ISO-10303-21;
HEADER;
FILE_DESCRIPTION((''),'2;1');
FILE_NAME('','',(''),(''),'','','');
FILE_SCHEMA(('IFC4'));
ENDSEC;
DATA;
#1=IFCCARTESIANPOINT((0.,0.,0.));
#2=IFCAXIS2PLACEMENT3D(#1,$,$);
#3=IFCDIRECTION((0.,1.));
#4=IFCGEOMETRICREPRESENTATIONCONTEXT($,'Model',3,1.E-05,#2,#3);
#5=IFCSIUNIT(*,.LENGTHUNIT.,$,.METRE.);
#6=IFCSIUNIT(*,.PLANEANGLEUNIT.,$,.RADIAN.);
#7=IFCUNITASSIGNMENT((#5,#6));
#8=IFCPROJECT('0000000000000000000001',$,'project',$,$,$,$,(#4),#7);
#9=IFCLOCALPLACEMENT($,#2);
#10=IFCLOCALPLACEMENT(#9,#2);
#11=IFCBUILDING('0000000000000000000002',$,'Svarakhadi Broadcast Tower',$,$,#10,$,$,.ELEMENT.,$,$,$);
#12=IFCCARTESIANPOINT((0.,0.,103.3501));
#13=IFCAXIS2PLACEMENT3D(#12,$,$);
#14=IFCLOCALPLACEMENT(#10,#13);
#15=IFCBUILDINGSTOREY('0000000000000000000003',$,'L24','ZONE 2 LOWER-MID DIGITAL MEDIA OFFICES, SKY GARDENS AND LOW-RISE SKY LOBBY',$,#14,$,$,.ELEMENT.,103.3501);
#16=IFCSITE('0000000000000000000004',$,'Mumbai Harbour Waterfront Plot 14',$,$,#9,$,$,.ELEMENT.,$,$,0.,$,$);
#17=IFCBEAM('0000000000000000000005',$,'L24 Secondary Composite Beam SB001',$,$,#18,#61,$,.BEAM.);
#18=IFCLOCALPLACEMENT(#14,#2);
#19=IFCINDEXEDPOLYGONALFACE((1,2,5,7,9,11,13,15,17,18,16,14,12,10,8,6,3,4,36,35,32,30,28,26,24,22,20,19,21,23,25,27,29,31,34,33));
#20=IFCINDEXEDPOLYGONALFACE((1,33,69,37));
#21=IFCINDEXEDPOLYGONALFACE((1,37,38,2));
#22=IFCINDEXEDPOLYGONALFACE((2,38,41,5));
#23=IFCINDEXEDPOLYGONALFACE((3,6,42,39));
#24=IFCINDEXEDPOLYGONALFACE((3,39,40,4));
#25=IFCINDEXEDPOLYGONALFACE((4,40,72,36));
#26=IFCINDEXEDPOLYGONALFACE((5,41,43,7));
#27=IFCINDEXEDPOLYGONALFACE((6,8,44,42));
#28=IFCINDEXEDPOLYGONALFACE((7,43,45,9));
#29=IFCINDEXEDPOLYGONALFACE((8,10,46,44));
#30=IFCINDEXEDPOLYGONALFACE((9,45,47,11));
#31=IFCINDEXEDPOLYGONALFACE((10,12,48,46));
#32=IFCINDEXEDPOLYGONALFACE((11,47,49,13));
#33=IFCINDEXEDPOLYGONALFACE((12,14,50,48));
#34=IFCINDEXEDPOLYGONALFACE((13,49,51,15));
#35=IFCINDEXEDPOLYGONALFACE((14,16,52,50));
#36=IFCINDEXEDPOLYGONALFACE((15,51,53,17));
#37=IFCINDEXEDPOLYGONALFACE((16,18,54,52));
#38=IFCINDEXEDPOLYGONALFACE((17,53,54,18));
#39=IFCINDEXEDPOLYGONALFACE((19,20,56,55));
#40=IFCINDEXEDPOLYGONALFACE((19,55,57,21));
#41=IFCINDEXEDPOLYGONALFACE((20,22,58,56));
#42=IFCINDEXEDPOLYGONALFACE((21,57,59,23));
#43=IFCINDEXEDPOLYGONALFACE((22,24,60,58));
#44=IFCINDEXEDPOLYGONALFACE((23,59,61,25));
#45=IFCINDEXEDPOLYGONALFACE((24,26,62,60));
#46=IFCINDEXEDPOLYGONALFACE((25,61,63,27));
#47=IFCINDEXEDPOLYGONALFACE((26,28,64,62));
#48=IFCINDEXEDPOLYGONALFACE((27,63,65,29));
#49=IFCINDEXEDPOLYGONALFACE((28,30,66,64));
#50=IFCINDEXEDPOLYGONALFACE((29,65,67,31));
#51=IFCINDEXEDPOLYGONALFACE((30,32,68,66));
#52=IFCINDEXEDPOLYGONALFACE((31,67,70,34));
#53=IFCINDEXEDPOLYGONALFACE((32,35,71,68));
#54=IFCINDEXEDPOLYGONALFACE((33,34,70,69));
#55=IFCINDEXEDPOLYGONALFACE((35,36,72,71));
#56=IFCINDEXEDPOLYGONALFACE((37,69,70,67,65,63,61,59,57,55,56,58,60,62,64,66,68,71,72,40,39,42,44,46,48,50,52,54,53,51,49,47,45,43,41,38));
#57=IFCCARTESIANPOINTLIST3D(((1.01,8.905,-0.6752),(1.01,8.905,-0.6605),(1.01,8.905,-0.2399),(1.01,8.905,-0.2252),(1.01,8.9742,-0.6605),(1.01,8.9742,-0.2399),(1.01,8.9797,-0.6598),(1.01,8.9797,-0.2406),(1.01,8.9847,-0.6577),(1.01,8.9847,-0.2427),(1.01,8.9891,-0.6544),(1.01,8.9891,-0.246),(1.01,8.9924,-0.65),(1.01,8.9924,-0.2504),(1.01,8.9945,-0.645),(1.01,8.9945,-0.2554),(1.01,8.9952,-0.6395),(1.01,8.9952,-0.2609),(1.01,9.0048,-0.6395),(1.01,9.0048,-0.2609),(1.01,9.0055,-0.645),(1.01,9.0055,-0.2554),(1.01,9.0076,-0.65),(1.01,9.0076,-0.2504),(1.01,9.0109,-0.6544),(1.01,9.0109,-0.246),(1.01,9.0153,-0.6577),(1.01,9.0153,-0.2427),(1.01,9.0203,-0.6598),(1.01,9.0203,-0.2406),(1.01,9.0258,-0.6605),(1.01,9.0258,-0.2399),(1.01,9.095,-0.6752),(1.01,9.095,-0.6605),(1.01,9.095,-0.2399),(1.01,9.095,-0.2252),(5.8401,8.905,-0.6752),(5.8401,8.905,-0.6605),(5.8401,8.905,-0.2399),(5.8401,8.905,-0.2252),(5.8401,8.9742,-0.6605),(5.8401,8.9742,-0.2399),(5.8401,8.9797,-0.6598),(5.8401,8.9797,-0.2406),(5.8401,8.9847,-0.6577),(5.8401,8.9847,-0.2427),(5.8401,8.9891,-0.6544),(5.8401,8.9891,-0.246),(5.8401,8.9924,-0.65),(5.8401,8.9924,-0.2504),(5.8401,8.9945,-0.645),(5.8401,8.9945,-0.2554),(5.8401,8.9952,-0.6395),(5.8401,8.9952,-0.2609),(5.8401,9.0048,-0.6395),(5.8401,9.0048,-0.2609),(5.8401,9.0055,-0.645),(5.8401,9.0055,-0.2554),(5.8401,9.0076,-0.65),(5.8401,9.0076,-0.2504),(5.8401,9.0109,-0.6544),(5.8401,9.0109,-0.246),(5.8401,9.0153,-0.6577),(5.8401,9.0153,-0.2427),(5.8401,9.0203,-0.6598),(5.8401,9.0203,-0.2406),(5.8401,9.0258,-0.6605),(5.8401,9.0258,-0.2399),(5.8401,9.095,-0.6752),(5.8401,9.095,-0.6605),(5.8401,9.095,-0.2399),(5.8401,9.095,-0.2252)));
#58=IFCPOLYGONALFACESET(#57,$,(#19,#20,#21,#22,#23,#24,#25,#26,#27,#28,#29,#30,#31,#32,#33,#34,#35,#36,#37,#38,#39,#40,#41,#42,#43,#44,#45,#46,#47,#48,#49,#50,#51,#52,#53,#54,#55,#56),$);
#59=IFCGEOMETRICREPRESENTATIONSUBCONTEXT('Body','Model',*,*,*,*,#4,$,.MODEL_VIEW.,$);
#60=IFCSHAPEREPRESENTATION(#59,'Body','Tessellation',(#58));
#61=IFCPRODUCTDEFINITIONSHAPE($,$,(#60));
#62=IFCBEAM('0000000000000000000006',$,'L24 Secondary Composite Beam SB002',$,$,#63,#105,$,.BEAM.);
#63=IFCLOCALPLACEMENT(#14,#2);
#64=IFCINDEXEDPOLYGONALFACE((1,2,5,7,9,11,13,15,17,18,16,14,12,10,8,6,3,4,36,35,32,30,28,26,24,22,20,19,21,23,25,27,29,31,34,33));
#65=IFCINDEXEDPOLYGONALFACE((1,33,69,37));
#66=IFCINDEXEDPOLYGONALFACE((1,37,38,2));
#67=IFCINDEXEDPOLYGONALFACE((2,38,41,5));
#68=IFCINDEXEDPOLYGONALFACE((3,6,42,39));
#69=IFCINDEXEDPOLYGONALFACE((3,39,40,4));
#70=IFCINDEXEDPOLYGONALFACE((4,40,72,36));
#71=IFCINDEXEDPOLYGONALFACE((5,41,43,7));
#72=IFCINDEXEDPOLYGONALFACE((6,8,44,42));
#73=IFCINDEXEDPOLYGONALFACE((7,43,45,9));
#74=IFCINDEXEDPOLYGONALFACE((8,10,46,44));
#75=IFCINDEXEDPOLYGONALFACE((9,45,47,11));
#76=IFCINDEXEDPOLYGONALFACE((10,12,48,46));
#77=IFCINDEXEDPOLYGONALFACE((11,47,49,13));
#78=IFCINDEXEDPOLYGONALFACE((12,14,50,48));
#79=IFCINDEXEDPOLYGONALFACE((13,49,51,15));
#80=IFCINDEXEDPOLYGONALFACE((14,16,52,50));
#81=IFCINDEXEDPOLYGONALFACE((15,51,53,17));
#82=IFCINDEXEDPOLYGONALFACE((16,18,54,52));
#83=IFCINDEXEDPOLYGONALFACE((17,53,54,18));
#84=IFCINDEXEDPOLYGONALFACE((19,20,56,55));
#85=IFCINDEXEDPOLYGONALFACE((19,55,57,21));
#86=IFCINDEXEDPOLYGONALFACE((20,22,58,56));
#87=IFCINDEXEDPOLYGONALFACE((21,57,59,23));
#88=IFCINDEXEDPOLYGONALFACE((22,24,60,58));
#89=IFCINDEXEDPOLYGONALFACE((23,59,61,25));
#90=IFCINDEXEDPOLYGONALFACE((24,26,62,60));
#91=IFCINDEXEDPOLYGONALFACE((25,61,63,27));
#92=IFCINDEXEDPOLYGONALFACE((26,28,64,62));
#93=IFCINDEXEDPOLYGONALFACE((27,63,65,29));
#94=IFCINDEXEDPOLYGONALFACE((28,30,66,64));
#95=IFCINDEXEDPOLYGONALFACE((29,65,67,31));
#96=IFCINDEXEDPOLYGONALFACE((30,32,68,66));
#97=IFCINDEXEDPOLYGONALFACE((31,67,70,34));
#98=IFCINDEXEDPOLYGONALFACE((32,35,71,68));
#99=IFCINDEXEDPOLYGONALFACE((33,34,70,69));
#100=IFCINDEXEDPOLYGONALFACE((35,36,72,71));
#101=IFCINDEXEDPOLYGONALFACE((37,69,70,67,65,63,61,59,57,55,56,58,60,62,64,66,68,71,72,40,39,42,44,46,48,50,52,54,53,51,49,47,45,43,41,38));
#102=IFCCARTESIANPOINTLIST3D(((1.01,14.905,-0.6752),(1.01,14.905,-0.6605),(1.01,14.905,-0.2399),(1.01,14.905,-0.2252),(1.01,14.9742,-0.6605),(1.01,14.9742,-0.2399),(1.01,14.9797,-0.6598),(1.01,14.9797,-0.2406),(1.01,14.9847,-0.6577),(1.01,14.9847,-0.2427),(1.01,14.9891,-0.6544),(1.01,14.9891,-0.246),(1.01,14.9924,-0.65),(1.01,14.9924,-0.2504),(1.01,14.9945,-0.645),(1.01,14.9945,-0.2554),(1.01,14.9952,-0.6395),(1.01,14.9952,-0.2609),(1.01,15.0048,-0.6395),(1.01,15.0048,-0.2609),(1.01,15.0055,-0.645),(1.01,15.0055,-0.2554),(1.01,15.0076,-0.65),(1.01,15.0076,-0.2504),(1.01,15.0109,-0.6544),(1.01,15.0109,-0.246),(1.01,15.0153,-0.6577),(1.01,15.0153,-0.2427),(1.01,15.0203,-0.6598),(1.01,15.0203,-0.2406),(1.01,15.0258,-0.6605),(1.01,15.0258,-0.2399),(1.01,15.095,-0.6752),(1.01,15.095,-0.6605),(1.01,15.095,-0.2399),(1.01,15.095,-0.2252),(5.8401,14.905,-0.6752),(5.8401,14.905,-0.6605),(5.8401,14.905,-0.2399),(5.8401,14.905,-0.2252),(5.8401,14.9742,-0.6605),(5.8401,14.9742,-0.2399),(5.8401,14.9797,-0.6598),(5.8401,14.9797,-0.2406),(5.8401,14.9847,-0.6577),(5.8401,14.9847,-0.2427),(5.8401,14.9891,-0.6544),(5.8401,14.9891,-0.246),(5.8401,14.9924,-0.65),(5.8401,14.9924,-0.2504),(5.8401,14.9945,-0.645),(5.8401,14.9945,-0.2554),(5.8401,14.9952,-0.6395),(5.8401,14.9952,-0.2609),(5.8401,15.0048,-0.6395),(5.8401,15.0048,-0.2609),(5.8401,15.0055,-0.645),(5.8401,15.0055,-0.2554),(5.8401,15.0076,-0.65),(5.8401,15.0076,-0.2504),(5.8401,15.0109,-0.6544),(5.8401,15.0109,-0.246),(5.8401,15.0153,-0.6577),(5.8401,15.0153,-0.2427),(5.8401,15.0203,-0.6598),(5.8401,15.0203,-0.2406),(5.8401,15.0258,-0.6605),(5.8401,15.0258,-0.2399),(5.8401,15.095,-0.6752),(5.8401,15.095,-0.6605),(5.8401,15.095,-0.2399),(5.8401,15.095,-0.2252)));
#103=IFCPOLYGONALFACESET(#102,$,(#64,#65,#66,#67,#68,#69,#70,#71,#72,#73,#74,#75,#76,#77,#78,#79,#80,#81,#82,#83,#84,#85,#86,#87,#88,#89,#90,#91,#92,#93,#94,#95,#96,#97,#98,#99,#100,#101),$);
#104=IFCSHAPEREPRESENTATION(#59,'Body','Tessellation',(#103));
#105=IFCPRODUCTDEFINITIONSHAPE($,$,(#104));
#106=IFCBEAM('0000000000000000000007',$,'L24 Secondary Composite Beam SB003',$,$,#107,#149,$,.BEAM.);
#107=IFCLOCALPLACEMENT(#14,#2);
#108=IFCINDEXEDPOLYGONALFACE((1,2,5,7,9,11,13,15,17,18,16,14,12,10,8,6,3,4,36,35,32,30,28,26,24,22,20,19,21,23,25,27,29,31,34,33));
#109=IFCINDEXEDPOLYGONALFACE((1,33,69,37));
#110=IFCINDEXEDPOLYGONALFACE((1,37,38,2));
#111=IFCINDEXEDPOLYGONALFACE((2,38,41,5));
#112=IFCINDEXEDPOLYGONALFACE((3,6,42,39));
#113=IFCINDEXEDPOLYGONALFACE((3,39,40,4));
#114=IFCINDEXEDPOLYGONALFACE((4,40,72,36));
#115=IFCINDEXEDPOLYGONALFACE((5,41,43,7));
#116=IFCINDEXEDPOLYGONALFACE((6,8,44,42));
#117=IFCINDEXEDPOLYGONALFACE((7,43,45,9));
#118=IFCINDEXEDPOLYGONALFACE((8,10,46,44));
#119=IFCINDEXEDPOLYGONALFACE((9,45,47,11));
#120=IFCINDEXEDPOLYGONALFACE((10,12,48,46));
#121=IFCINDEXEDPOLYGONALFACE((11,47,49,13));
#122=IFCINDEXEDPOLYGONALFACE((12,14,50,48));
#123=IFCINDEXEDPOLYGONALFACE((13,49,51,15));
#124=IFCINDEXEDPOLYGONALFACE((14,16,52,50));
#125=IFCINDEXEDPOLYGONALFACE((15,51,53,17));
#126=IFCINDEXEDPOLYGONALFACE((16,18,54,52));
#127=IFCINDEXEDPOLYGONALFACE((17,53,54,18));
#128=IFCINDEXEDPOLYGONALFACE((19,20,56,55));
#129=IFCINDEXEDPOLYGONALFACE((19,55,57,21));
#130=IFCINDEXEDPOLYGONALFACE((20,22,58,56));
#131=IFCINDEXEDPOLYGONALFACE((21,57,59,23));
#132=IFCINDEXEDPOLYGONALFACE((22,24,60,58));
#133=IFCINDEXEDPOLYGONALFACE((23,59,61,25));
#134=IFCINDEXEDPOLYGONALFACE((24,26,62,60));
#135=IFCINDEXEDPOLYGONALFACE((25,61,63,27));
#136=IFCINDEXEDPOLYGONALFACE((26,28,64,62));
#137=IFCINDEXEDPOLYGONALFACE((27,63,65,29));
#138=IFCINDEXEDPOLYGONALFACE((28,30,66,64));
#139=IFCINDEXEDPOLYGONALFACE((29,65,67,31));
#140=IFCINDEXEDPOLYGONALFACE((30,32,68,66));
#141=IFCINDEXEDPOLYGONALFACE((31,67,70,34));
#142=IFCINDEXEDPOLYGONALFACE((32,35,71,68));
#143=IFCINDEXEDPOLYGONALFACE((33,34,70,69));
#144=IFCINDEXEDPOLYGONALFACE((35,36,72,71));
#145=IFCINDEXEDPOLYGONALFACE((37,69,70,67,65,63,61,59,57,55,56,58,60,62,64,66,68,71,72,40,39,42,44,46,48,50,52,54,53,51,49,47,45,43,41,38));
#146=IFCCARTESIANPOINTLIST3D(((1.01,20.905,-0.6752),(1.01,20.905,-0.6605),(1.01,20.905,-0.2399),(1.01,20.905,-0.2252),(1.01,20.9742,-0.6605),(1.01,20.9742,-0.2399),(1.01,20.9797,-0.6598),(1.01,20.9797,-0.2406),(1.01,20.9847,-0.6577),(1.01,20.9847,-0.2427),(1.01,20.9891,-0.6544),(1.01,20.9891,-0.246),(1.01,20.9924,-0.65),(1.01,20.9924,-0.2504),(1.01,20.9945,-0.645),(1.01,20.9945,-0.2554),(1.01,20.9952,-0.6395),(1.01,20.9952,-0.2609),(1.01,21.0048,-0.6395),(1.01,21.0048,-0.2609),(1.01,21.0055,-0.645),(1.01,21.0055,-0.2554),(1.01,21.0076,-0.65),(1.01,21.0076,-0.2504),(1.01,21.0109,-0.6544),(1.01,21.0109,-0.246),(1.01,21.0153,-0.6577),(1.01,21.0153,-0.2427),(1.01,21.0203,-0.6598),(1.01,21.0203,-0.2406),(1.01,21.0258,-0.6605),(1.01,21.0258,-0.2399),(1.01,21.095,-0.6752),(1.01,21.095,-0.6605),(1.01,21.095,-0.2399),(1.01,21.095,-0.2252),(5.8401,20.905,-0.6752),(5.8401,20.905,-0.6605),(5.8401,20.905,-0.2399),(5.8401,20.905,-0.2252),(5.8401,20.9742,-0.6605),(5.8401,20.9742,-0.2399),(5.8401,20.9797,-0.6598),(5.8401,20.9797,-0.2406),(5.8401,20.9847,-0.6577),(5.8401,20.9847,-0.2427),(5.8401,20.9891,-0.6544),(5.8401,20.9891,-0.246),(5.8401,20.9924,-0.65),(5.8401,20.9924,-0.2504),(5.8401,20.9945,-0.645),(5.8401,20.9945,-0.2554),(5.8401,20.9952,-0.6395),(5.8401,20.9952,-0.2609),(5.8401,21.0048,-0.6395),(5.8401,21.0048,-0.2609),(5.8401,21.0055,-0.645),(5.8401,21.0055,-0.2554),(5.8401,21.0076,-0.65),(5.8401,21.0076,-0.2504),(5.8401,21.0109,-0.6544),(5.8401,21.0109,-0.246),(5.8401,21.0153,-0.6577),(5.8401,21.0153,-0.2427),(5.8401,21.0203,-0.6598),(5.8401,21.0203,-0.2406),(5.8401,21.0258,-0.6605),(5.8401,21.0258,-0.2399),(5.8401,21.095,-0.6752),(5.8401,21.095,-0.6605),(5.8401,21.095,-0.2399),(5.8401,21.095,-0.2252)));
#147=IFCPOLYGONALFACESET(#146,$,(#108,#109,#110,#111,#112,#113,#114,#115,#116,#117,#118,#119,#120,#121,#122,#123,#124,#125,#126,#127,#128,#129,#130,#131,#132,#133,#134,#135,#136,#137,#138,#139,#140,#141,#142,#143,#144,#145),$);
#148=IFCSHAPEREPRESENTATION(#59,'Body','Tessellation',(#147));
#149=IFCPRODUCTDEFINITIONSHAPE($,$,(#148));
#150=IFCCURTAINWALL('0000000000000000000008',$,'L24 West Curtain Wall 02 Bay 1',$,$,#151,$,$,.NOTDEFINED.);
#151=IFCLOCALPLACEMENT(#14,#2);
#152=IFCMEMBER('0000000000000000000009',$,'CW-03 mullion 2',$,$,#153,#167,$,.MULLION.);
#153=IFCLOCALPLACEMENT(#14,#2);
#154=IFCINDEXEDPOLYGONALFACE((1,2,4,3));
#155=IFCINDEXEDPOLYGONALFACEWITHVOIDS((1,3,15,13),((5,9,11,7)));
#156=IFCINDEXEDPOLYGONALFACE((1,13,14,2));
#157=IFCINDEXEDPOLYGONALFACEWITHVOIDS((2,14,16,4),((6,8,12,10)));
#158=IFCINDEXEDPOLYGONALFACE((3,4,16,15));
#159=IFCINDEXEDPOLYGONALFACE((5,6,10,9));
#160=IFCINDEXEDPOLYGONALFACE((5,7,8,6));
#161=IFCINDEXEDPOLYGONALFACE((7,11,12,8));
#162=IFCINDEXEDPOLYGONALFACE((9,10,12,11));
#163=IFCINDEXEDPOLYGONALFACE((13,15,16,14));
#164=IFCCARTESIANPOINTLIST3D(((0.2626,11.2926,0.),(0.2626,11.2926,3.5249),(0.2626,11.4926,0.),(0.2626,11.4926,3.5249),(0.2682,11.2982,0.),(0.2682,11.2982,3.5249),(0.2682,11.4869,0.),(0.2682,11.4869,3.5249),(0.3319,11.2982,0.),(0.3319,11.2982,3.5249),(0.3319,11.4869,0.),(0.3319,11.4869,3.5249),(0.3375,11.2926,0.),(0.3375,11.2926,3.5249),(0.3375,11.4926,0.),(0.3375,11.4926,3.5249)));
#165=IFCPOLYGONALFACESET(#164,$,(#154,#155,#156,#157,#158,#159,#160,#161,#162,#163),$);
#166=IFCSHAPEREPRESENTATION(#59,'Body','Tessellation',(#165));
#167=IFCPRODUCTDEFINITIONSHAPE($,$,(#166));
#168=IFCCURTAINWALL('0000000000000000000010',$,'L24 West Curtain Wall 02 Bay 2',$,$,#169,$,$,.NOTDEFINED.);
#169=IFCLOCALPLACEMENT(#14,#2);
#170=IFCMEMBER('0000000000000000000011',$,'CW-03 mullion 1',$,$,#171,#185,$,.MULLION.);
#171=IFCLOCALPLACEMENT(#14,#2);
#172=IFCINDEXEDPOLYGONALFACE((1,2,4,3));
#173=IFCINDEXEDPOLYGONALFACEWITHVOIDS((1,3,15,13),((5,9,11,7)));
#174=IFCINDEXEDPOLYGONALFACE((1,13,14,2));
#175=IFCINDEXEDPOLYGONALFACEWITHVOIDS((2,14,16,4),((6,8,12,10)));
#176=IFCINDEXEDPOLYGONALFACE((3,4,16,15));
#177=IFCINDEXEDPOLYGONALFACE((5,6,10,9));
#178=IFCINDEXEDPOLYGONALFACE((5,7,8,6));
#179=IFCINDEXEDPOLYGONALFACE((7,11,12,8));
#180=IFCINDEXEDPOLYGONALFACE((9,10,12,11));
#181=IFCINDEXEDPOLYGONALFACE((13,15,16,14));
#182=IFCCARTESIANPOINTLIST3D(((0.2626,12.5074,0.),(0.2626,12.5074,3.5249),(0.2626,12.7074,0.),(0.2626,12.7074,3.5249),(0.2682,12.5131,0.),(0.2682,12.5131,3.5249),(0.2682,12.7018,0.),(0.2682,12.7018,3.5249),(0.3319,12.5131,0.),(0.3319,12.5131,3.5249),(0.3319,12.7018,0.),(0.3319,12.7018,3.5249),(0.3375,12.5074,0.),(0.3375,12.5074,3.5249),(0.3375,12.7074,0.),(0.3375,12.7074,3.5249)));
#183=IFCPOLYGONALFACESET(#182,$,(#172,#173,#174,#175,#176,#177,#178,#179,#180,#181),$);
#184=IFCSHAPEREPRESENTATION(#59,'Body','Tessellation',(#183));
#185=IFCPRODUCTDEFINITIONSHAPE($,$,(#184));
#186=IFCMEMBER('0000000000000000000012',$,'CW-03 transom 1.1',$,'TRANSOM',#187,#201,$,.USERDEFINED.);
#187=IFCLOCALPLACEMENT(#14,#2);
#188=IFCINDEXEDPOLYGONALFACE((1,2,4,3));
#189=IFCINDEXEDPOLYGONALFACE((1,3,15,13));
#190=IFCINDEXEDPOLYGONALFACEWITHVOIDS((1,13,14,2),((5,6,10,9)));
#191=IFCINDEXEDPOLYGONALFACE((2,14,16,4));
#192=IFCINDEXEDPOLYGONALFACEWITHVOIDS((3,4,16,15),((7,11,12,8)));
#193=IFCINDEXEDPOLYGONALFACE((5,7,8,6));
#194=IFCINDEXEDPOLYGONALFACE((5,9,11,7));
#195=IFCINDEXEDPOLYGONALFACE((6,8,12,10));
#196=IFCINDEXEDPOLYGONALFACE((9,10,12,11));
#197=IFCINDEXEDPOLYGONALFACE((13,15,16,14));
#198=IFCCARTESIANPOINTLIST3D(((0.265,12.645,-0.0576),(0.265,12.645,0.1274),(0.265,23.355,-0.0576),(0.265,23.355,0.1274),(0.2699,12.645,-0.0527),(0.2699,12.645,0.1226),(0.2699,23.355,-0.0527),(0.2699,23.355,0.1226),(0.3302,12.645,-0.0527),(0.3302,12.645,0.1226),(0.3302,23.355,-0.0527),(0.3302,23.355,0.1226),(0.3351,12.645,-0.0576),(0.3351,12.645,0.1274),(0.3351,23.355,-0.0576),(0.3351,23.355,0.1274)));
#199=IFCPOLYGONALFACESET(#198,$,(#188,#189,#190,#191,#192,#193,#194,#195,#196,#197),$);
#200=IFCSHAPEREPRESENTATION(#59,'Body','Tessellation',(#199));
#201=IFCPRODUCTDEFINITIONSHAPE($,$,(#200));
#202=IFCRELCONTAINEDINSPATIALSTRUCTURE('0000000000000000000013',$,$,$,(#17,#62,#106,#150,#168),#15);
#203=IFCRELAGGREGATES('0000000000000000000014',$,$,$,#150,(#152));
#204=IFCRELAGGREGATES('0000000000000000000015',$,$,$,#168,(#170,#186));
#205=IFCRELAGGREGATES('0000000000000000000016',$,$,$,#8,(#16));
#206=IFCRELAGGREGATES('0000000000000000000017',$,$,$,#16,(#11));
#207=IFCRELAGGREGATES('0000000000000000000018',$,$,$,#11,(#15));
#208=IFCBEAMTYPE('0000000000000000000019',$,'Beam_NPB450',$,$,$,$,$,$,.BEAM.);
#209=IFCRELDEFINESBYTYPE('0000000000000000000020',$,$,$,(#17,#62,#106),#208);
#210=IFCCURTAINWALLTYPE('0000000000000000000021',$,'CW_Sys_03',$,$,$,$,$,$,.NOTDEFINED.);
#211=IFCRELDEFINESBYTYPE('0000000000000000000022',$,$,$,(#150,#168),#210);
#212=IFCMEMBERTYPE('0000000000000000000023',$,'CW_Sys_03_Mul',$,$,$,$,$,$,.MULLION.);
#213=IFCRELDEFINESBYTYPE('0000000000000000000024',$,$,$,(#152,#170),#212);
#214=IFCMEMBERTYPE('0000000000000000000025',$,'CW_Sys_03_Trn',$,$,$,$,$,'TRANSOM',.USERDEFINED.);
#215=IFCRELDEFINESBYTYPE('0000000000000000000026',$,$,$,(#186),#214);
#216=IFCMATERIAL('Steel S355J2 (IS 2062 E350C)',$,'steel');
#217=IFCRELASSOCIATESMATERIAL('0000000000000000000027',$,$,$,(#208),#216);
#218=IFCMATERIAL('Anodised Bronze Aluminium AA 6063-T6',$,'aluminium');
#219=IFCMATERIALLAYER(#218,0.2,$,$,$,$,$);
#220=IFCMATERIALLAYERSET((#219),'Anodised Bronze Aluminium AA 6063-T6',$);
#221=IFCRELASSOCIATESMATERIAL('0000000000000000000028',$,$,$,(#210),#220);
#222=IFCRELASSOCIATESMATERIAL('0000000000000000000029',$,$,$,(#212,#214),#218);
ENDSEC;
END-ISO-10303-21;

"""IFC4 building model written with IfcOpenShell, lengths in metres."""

from ifc_helpers import new_model, si_unit, direction, frame, origin, origin_2d, place, context, subcontext, project, spatial, hollow_rectangle, i_section, extrude, material, layer, layer_set, material_profile, profile_set, type_object, element, aggregate, save


model = new_model("IFC4")

# Units and contexts
model_context = context("Model", 3, precision=1e-05, world=origin(), true_north=direction((0.0, 1.0)))
body_context = subcontext(model_context, "Body", "Model", "MODEL_VIEW")
ifc_project = project(units=[si_unit("LENGTHUNIT", "METRE"), si_unit("PLANEANGLEUNIT", "RADIAN")], contexts=[model_context])

# Site, building, storey
site_placement = place(None, origin())
site = spatial("IfcSite", under=ifc_project, at=site_placement, Name="Mumbai Harbour Waterfront Plot 14", CompositionType="ELEMENT", RefElevation=0.0)
building_placement = place(site_placement, origin())
building = spatial("IfcBuilding", under=site, at=building_placement, Name="Svarakhadi Broadcast Tower", CompositionType="ELEMENT")
storey_placement = place(building_placement, frame((0.0, 0.0, 103.3501)))
storey = spatial("IfcBuildingStorey", under=building, at=storey_placement, Name="L24", Description="ZONE 2 LOWER-MID DIGITAL MEDIA OFFICES, SKY GARDENS AND LOW-RISE SKY LOBBY", CompositionType="ELEMENT", Elevation=103.3501)

# Beams
ifc_material_1 = material(Name="Steel S355J2 (IS 2062 E350C)", Category="steel")
ifc_material_profile_1 = material_profile(ifc_material_1, i_section(OverallWidth=0.1899, OverallDepth=0.45, WebThickness=0.0095, FlangeThickness=0.0146, FilletRadius=0.021, at=origin_2d()), Name="NPB 450x190x78")
ifc_profile_set_1 = profile_set([ifc_material_profile_1], Name="Steel S355J2 (IS 2062 E350C)")
beam_type_1 = type_object("IfcBeamType", Name="Beam_NPB450", PredefinedType="BEAM", material=ifc_profile_set_1)
for number, where, z_axis, x_axis, name in (
    (1, (1.01, 9.0, -0.4502), (1.0, 0.0, 0.0), (0.0, 1.0, 0.0), "L24 Secondary Composite Beam SB001"),
    (2, (1.01, 15.0, -0.4502), (1.0, 0.0, 0.0), (0.0, 1.0, 0.0), "L24 Secondary Composite Beam SB002"),
    (3, (1.01, 21.0, -0.4502), (1.0, 0.0, 0.0), (0.0, 1.0, 0.0), "L24 Secondary Composite Beam SB003"),
):
    element("IfcBeam", number, at=place(storey_placement, frame(where, z_axis=z_axis, x_axis=x_axis)), inside=storey, type_object=beam_type_1, Name=name, PredefinedType="BEAM", context=body_context, shape_type="SweptSolid", body=[
        extrude(i_section(OverallWidth=0.1899, OverallDepth=0.45, WebThickness=0.0095, FlangeThickness=0.0146, FilletRadius=0.021, at=origin_2d()), origin(), (0.0, 0.0, 1.0), 4.8301),
    ])

# Curtain wall, member
ifc_material_2 = material(Name="Anodised Bronze Aluminium AA 6063-T6", Category="aluminium")
ifc_layer_1 = layer(ifc_material_2, 0.2)
ifc_layer_set_1 = layer_set([ifc_layer_1], Name="Anodised Bronze Aluminium AA 6063-T6")
curtain_wall_type = type_object("IfcCurtainWallType", Name="CW_Sys_03", PredefinedType="NOTDEFINED", material=ifc_layer_set_1)
curtain_wall_1_placement = place(storey_placement, origin())
curtain_wall_1 = element("IfcCurtainWall", 4, at=curtain_wall_1_placement, inside=storey, type_object=curtain_wall_type, Name="L24 West Curtain Wall 02 Bay 1", PredefinedType="NOTDEFINED")
ifc_material_profile_2 = material_profile(ifc_material_2, hollow_rectangle(XDim=0.075, YDim=0.2, WallThickness=0.0056, at=origin_2d()), Name="ALU MULLION 200x75x6")
ifc_profile_set_2 = profile_set([ifc_material_profile_2], Name="Anodised Bronze Aluminium AA 6063-T6")
member_type_1 = type_object("IfcMemberType", Name="CW_Sys_03_Mul", PredefinedType="MULLION", material=ifc_profile_set_2)
member_1_placement = place(storey_placement, frame((0.3, 11.3926, 0.0), z_axis=(0.0, 0.0, 1.0), x_axis=(-1.0, 0.0, 0.0)))
member_1 = element("IfcMember", 5, at=member_1_placement, type_object=member_type_1, Name="CW-03 mullion 2", PredefinedType="MULLION", context=body_context, shape_type="SweptSolid", body=[
    extrude(hollow_rectangle(XDim=0.075, YDim=0.2, WallThickness=0.0056, at=origin_2d()), origin(), (0.0, 0.0, 1.0), 3.5249),
])

# Curtain wall, members
curtain_wall_2_placement = place(storey_placement, origin())
curtain_wall_2 = element("IfcCurtainWall", 6, at=curtain_wall_2_placement, inside=storey, type_object=curtain_wall_type, Name="L24 West Curtain Wall 02 Bay 2", PredefinedType="NOTDEFINED")
member_2_placement = place(storey_placement, frame((0.3, 12.6074, 0.0), z_axis=(0.0, 0.0, 1.0), x_axis=(-1.0, 0.0, 0.0)))
member_2 = element("IfcMember", 7, at=member_2_placement, type_object=member_type_1, Name="CW-03 mullion 1", PredefinedType="MULLION", context=body_context, shape_type="SweptSolid", body=[
    extrude(hollow_rectangle(XDim=0.075, YDim=0.2, WallThickness=0.0056, at=origin_2d()), origin(), (0.0, 0.0, 1.0), 3.5249),
])
ifc_material_profile_3 = material_profile(ifc_material_2, hollow_rectangle(XDim=0.0701, YDim=0.1851, WallThickness=0.0049, at=origin_2d()), Name="ALU TRANSOM 185x70x5")
ifc_profile_set_3 = profile_set([ifc_material_profile_3], Name="Anodised Bronze Aluminium AA 6063-T6")
member_type_2 = type_object("IfcMemberType", Name="CW_Sys_03_Trn", ElementType="TRANSOM", PredefinedType="USERDEFINED", material=ifc_profile_set_3)
member_3_placement = place(storey_placement, frame((0.3, 12.645, 0.0349), z_axis=(0.0, 1.0, 0.0), x_axis=(-1.0, 0.0, 0.0)))
member_3 = element("IfcMember", 8, at=member_3_placement, type_object=member_type_2, Name="CW-03 transom 1.1", ObjectType="TRANSOM", PredefinedType="USERDEFINED", context=body_context, shape_type="SweptSolid", body=[
    extrude(hollow_rectangle(XDim=0.0701, YDim=0.1851, WallThickness=0.0049, at=origin_2d()), origin(), (0.0, 0.0, 1.0), 10.71),
])

aggregate(curtain_wall_1, [member_1])
aggregate(curtain_wall_2, [member_2, member_3])

save(model, "model.ifc")
